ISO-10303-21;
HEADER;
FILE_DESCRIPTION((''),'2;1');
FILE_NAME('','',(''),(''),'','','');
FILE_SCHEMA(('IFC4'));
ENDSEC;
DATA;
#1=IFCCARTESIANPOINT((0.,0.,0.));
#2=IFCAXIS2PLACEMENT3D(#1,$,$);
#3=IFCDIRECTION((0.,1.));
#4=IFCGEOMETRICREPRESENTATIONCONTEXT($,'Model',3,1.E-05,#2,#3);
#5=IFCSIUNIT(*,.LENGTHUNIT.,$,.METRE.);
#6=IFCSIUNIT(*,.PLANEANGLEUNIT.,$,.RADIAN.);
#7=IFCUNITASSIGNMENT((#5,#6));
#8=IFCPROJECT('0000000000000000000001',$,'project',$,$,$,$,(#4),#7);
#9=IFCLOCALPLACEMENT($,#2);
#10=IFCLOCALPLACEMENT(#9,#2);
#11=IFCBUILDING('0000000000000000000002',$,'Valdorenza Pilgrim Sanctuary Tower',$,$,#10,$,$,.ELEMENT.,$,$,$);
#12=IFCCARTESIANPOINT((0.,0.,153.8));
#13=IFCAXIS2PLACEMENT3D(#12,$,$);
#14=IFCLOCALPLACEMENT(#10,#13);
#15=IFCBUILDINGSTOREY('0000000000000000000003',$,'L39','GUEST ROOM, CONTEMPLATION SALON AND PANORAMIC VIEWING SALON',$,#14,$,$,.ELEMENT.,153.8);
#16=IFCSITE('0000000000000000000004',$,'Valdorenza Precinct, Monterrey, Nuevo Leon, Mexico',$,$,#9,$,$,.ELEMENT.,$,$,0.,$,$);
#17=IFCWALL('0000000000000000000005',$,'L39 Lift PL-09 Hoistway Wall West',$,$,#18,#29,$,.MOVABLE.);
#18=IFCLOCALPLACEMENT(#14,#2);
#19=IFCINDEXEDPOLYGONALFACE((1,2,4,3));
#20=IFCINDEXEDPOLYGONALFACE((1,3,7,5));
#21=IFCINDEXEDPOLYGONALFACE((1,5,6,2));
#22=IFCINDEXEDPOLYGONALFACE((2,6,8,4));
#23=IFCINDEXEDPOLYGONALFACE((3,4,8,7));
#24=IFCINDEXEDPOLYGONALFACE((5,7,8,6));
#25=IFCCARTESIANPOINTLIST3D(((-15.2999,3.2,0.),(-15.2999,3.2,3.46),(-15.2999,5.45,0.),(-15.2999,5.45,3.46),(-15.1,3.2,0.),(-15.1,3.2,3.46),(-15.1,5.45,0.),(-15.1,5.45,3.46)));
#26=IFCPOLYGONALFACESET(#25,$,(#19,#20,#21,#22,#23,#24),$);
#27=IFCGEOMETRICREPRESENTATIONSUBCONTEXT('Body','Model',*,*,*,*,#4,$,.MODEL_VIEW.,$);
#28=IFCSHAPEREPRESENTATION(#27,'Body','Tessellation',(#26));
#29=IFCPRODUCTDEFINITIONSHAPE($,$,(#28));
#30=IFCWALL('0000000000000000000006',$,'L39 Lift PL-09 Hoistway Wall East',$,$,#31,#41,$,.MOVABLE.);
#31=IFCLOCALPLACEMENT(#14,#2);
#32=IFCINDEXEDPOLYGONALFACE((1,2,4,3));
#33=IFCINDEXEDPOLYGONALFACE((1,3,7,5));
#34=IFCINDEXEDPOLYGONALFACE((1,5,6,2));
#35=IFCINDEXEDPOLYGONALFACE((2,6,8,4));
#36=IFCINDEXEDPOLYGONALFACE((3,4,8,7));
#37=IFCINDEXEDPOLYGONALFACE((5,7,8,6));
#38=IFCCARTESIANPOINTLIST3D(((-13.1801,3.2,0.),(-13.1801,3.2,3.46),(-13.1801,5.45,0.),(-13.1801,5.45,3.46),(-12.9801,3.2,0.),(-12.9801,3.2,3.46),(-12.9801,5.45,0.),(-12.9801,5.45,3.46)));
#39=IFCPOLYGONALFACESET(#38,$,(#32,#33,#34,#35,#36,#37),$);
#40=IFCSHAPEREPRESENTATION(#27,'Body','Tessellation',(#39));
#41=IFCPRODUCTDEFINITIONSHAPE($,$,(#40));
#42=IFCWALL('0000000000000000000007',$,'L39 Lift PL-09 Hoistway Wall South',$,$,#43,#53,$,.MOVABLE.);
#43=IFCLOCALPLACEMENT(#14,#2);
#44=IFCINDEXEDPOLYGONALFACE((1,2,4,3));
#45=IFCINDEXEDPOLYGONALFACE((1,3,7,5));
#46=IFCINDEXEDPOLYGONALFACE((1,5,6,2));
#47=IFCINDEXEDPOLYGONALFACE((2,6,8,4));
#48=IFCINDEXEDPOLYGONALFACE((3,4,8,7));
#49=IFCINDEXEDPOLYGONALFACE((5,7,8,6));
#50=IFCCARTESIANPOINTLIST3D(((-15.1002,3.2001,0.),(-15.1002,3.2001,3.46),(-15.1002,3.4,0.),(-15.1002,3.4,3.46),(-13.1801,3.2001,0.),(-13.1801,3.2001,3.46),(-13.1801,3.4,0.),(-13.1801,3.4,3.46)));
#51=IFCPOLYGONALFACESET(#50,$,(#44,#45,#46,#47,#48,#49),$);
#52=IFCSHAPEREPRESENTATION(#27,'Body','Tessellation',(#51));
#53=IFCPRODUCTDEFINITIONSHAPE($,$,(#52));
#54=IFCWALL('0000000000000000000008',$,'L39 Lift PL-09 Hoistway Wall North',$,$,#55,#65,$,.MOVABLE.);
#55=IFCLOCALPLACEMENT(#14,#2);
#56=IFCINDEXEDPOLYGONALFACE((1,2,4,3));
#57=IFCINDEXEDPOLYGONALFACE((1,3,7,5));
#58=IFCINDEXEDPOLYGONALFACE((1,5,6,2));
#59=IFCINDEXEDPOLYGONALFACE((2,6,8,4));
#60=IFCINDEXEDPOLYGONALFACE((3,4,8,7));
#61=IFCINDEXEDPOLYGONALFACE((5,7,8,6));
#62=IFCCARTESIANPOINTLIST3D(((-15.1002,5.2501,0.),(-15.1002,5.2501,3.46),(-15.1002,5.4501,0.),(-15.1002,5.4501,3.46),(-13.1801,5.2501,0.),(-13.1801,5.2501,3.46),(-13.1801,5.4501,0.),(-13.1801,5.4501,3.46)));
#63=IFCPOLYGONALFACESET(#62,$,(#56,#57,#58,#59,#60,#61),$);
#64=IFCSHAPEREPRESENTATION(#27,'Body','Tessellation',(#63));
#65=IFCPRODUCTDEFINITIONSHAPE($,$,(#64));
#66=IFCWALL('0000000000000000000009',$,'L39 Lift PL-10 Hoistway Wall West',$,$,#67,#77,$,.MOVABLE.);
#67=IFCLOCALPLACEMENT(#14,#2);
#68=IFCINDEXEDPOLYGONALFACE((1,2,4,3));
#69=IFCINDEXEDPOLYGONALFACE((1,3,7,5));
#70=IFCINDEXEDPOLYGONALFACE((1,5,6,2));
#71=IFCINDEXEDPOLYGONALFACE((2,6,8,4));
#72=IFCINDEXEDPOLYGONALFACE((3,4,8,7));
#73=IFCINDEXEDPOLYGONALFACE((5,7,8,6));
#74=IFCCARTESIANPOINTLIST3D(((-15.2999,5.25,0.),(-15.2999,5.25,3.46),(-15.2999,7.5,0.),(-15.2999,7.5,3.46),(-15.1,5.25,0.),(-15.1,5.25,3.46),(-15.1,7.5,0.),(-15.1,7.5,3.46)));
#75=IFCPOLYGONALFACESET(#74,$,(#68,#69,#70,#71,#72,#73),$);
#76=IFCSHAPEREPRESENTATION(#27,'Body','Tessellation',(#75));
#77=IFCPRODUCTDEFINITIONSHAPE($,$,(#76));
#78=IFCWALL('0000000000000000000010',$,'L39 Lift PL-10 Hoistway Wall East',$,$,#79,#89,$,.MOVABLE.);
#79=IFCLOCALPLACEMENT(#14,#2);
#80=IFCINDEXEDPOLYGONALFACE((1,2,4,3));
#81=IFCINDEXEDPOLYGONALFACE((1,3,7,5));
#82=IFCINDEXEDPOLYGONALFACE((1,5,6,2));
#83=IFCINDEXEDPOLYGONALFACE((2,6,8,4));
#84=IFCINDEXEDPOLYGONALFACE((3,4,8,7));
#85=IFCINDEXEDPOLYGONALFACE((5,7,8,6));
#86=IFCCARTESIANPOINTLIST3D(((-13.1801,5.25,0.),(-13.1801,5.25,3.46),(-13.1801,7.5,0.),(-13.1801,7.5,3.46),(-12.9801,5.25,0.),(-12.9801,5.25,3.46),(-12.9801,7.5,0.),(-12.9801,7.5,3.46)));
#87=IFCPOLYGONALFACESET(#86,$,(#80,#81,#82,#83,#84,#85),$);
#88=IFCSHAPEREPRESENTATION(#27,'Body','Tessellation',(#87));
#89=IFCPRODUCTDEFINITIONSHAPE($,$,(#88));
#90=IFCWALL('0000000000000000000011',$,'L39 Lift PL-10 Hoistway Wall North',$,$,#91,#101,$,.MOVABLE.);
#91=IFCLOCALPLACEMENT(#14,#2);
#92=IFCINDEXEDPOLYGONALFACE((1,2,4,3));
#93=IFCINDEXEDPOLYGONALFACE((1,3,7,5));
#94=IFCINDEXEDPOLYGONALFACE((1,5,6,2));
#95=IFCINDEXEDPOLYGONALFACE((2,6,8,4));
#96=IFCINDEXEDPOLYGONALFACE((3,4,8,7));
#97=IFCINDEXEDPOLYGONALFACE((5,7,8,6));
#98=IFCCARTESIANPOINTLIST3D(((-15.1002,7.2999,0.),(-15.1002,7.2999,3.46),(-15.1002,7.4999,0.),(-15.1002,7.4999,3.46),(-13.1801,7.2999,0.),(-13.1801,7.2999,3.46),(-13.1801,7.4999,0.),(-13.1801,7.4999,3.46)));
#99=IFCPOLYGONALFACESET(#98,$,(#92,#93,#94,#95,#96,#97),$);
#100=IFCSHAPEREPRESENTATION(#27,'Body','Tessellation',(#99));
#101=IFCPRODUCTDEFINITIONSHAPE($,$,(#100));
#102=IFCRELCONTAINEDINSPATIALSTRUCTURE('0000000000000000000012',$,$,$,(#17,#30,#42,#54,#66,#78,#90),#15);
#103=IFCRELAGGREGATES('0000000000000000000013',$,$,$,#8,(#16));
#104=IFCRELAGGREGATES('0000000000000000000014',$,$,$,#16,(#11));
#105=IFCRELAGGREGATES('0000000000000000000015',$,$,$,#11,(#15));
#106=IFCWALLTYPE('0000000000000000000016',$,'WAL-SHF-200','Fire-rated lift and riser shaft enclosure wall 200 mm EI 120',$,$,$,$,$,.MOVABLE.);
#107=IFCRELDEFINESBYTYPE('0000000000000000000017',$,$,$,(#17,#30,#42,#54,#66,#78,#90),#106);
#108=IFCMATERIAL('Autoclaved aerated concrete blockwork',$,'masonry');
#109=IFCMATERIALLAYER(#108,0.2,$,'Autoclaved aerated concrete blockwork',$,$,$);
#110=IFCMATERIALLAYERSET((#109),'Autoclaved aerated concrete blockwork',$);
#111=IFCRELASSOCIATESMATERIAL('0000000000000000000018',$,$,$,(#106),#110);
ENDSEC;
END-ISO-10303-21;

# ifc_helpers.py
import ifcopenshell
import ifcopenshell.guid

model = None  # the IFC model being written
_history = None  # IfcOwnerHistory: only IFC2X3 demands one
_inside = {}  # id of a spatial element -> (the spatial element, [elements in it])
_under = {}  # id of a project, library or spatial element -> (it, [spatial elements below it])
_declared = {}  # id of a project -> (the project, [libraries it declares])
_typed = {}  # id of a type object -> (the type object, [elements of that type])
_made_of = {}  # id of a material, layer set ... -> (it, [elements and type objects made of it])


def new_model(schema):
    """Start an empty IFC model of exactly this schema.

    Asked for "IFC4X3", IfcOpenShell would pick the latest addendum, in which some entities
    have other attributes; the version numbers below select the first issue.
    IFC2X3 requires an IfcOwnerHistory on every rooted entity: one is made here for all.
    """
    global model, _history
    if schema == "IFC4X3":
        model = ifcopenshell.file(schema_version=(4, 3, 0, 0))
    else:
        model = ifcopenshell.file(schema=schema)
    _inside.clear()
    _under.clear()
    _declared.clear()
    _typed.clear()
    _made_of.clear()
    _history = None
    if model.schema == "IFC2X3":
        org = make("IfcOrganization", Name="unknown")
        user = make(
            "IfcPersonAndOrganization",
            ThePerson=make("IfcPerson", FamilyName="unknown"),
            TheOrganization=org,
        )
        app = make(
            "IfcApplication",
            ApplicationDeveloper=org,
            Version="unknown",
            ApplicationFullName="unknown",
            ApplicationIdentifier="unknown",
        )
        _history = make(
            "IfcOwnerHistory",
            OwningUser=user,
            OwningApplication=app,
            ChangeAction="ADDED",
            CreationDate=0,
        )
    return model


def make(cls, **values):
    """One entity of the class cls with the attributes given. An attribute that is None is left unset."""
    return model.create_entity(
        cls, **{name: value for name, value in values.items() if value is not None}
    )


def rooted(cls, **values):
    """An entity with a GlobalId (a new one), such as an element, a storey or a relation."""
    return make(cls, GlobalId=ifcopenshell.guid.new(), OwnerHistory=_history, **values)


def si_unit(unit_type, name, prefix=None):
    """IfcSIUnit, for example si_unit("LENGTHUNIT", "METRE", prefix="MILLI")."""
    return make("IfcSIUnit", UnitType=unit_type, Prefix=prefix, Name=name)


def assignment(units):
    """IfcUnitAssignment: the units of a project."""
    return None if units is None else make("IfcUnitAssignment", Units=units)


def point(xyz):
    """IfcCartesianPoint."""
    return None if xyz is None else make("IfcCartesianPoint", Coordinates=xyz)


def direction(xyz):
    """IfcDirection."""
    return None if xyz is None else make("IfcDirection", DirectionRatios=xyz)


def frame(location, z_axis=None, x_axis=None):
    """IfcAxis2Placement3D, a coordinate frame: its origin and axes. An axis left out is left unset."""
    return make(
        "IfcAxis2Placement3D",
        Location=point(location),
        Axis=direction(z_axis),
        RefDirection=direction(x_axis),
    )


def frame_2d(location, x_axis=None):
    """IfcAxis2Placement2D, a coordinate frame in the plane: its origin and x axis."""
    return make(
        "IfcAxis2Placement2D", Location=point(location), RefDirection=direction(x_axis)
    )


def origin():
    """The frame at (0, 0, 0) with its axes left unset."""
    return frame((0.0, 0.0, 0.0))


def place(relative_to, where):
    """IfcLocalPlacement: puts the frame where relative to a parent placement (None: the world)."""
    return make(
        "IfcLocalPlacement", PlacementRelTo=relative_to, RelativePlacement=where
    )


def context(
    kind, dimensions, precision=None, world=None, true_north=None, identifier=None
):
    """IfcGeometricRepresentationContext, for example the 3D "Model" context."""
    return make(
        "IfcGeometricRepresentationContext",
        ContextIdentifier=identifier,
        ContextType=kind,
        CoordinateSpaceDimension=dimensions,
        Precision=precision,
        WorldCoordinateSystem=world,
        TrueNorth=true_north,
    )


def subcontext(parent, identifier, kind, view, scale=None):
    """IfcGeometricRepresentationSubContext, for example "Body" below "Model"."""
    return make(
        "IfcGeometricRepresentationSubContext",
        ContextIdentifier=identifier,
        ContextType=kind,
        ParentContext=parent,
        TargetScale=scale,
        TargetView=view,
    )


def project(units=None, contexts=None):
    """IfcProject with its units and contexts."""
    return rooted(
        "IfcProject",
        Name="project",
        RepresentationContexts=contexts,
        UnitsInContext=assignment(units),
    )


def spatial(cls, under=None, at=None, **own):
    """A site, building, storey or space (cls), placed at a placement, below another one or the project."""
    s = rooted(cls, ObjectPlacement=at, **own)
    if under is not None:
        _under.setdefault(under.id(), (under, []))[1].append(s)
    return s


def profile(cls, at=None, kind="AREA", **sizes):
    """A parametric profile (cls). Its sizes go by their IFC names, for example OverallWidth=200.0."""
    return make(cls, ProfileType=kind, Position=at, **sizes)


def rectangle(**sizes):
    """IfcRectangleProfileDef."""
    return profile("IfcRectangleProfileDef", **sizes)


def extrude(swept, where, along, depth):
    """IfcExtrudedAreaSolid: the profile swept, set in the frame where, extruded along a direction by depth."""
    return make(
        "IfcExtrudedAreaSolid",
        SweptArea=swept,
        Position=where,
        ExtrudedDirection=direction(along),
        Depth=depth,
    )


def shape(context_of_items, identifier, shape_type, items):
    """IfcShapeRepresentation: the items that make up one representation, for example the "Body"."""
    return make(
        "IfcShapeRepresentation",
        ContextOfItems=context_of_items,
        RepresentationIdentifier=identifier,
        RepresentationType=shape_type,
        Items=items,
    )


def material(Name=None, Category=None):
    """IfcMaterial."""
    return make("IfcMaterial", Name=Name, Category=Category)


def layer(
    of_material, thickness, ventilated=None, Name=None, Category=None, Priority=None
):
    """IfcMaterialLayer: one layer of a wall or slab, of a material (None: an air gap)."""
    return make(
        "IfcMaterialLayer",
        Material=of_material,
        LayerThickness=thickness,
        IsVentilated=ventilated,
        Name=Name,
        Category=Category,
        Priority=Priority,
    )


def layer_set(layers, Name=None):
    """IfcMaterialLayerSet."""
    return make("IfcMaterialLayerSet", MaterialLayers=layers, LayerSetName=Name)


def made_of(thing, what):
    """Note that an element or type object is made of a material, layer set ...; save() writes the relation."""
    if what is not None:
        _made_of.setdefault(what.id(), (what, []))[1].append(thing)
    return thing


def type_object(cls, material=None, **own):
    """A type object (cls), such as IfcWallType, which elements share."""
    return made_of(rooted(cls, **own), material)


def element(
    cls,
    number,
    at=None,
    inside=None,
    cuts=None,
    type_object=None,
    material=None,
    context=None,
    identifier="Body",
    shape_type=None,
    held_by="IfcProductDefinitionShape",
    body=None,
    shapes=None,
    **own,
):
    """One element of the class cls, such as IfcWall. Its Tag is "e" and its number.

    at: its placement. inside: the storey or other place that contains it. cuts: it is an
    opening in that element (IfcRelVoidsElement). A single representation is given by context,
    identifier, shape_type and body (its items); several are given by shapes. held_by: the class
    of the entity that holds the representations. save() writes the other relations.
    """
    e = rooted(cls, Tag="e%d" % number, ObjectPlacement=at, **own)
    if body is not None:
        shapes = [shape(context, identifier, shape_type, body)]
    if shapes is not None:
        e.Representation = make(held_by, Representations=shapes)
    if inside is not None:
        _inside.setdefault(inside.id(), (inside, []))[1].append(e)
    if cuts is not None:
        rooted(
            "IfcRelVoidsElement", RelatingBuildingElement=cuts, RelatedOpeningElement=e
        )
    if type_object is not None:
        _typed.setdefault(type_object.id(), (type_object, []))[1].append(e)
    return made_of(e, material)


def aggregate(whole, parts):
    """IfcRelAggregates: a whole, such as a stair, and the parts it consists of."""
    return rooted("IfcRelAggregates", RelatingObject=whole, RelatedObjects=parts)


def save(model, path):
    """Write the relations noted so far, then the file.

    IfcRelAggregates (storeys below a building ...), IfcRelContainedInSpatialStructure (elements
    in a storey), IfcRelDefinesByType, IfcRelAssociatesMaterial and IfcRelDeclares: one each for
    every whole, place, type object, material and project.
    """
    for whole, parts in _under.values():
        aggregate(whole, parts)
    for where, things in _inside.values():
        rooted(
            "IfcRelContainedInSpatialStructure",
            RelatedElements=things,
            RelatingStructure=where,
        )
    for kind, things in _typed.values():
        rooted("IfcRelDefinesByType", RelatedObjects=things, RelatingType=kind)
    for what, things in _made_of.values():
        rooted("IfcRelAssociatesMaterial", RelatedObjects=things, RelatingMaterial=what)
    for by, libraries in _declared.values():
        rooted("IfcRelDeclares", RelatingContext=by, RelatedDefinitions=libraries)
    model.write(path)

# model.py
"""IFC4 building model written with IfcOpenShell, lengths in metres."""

from ifc_helpers import new_model, si_unit, direction, frame, frame_2d, origin, place, context, subcontext, project, spatial, rectangle, extrude, material, layer, layer_set, type_object, element, save


model = new_model("IFC4")

# Units and contexts
model_context = context("Model", 3, precision=1e-05, world=origin(), true_north=direction((0.0, 1.0)))
body_context = subcontext(model_context, "Body", "Model", "MODEL_VIEW")
ifc_project = project(units=[si_unit("LENGTHUNIT", "METRE"), si_unit("PLANEANGLEUNIT", "RADIAN")], contexts=[model_context])

# Site, building, storey
site_placement = place(None, origin())
site = spatial("IfcSite", under=ifc_project, at=site_placement, Name="Valdorenza Precinct, Monterrey, Nuevo Leon, Mexico", CompositionType="ELEMENT", RefElevation=0.0)
building_placement = place(site_placement, origin())
building = spatial("IfcBuilding", under=site, at=building_placement, Name="Valdorenza Pilgrim Sanctuary Tower", CompositionType="ELEMENT")
storey_placement = place(building_placement, frame((0.0, 0.0, 153.8)))
storey = spatial("IfcBuildingStorey", under=building, at=storey_placement, Name="L39", Description="GUEST ROOM, CONTEMPLATION SALON AND PANORAMIC VIEWING SALON", CompositionType="ELEMENT", Elevation=153.8)

# Shared definitions
ifc_material_1 = material(Name="Autoclaved aerated concrete blockwork", Category="masonry")
ifc_layer_1 = layer(ifc_material_1, 0.2, Name="Autoclaved aerated concrete blockwork")
ifc_layer_set_1 = layer_set([ifc_layer_1], Name="Autoclaved aerated concrete blockwork")
wall_type_1 = type_object("IfcWallType", Name="WAL-SHF-200", Description="Fire-rated lift and riser shaft enclosure wall 200 mm EI 120", PredefinedType="MOVABLE", material=ifc_layer_set_1)

# Walls
for number, where, z_axis, x_axis, name in (
    (1, (-15.2, 3.2, 0.0), (0.0, 0.0, 1.0), (0.0, 1.0, 0.0), "L39 Lift PL-09 Hoistway Wall West"),
    (2, (-13.0801, 3.2, 0.0), (0.0, 0.0, 1.0), (0.0, 1.0, 0.0), "L39 Lift PL-09 Hoistway Wall East"),
):
    element("IfcWall", number, at=place(storey_placement, frame(where, z_axis=z_axis, x_axis=x_axis)), inside=storey, type_object=wall_type_1, Name=name, PredefinedType="MOVABLE", context=body_context, shape_type="SweptSolid", body=[
        extrude(rectangle(XDim=2.25, YDim=0.2, at=frame_2d((1.125, 0.0))), origin(), (0.0, 0.0, 1.0), 3.46),
    ])
for number, where, z_axis, x_axis, name in (
    (3, (-15.1001, 3.3, 0.0), (0.0, 0.0, 1.0), (1.0, 0.0, 0.0), "L39 Lift PL-09 Hoistway Wall South"),
    (4, (-15.1001, 5.3501, 0.0), (0.0, 0.0, 1.0), (1.0, 0.0, 0.0), "L39 Lift PL-09 Hoistway Wall North"),
):
    element("IfcWall", number, at=place(storey_placement, frame(where, z_axis=z_axis, x_axis=x_axis)), inside=storey, type_object=wall_type_1, Name=name, PredefinedType="MOVABLE", context=body_context, shape_type="SweptSolid", body=[
        extrude(rectangle(XDim=1.9202, YDim=0.2, at=frame_2d((0.96, 0.0))), origin(), (0.0, 0.0, 1.0), 3.46),
    ])
for number, where, z_axis, x_axis, name in (
    (5, (-15.2, 5.25, 0.0), (0.0, 0.0, 1.0), (0.0, 1.0, 0.0), "L39 Lift PL-10 Hoistway Wall West"),
    (6, (-13.0801, 5.25, 0.0), (0.0, 0.0, 1.0), (0.0, 1.0, 0.0), "L39 Lift PL-10 Hoistway Wall East"),
):
    element("IfcWall", number, at=place(storey_placement, frame(where, z_axis=z_axis, x_axis=x_axis)), inside=storey, type_object=wall_type_1, Name=name, PredefinedType="MOVABLE", context=body_context, shape_type="SweptSolid", body=[
        extrude(rectangle(XDim=2.25, YDim=0.2, at=frame_2d((1.125, 0.0))), origin(), (0.0, 0.0, 1.0), 3.46),
    ])
wall_1_placement = place(storey_placement, frame((-15.1001, 7.3999, 0.0), z_axis=(0.0, 0.0, 1.0), x_axis=(1.0, 0.0, 0.0)))
element("IfcWall", 7, at=wall_1_placement, inside=storey, type_object=wall_type_1, Name="L39 Lift PL-10 Hoistway Wall North", PredefinedType="MOVABLE", context=body_context, shape_type="SweptSolid", body=[
    extrude(rectangle(XDim=1.9202, YDim=0.2, at=frame_2d((0.96, 0.0))), origin(), (0.0, 0.0, 1.0), 3.46),
])

save(model, "model.ifc")
